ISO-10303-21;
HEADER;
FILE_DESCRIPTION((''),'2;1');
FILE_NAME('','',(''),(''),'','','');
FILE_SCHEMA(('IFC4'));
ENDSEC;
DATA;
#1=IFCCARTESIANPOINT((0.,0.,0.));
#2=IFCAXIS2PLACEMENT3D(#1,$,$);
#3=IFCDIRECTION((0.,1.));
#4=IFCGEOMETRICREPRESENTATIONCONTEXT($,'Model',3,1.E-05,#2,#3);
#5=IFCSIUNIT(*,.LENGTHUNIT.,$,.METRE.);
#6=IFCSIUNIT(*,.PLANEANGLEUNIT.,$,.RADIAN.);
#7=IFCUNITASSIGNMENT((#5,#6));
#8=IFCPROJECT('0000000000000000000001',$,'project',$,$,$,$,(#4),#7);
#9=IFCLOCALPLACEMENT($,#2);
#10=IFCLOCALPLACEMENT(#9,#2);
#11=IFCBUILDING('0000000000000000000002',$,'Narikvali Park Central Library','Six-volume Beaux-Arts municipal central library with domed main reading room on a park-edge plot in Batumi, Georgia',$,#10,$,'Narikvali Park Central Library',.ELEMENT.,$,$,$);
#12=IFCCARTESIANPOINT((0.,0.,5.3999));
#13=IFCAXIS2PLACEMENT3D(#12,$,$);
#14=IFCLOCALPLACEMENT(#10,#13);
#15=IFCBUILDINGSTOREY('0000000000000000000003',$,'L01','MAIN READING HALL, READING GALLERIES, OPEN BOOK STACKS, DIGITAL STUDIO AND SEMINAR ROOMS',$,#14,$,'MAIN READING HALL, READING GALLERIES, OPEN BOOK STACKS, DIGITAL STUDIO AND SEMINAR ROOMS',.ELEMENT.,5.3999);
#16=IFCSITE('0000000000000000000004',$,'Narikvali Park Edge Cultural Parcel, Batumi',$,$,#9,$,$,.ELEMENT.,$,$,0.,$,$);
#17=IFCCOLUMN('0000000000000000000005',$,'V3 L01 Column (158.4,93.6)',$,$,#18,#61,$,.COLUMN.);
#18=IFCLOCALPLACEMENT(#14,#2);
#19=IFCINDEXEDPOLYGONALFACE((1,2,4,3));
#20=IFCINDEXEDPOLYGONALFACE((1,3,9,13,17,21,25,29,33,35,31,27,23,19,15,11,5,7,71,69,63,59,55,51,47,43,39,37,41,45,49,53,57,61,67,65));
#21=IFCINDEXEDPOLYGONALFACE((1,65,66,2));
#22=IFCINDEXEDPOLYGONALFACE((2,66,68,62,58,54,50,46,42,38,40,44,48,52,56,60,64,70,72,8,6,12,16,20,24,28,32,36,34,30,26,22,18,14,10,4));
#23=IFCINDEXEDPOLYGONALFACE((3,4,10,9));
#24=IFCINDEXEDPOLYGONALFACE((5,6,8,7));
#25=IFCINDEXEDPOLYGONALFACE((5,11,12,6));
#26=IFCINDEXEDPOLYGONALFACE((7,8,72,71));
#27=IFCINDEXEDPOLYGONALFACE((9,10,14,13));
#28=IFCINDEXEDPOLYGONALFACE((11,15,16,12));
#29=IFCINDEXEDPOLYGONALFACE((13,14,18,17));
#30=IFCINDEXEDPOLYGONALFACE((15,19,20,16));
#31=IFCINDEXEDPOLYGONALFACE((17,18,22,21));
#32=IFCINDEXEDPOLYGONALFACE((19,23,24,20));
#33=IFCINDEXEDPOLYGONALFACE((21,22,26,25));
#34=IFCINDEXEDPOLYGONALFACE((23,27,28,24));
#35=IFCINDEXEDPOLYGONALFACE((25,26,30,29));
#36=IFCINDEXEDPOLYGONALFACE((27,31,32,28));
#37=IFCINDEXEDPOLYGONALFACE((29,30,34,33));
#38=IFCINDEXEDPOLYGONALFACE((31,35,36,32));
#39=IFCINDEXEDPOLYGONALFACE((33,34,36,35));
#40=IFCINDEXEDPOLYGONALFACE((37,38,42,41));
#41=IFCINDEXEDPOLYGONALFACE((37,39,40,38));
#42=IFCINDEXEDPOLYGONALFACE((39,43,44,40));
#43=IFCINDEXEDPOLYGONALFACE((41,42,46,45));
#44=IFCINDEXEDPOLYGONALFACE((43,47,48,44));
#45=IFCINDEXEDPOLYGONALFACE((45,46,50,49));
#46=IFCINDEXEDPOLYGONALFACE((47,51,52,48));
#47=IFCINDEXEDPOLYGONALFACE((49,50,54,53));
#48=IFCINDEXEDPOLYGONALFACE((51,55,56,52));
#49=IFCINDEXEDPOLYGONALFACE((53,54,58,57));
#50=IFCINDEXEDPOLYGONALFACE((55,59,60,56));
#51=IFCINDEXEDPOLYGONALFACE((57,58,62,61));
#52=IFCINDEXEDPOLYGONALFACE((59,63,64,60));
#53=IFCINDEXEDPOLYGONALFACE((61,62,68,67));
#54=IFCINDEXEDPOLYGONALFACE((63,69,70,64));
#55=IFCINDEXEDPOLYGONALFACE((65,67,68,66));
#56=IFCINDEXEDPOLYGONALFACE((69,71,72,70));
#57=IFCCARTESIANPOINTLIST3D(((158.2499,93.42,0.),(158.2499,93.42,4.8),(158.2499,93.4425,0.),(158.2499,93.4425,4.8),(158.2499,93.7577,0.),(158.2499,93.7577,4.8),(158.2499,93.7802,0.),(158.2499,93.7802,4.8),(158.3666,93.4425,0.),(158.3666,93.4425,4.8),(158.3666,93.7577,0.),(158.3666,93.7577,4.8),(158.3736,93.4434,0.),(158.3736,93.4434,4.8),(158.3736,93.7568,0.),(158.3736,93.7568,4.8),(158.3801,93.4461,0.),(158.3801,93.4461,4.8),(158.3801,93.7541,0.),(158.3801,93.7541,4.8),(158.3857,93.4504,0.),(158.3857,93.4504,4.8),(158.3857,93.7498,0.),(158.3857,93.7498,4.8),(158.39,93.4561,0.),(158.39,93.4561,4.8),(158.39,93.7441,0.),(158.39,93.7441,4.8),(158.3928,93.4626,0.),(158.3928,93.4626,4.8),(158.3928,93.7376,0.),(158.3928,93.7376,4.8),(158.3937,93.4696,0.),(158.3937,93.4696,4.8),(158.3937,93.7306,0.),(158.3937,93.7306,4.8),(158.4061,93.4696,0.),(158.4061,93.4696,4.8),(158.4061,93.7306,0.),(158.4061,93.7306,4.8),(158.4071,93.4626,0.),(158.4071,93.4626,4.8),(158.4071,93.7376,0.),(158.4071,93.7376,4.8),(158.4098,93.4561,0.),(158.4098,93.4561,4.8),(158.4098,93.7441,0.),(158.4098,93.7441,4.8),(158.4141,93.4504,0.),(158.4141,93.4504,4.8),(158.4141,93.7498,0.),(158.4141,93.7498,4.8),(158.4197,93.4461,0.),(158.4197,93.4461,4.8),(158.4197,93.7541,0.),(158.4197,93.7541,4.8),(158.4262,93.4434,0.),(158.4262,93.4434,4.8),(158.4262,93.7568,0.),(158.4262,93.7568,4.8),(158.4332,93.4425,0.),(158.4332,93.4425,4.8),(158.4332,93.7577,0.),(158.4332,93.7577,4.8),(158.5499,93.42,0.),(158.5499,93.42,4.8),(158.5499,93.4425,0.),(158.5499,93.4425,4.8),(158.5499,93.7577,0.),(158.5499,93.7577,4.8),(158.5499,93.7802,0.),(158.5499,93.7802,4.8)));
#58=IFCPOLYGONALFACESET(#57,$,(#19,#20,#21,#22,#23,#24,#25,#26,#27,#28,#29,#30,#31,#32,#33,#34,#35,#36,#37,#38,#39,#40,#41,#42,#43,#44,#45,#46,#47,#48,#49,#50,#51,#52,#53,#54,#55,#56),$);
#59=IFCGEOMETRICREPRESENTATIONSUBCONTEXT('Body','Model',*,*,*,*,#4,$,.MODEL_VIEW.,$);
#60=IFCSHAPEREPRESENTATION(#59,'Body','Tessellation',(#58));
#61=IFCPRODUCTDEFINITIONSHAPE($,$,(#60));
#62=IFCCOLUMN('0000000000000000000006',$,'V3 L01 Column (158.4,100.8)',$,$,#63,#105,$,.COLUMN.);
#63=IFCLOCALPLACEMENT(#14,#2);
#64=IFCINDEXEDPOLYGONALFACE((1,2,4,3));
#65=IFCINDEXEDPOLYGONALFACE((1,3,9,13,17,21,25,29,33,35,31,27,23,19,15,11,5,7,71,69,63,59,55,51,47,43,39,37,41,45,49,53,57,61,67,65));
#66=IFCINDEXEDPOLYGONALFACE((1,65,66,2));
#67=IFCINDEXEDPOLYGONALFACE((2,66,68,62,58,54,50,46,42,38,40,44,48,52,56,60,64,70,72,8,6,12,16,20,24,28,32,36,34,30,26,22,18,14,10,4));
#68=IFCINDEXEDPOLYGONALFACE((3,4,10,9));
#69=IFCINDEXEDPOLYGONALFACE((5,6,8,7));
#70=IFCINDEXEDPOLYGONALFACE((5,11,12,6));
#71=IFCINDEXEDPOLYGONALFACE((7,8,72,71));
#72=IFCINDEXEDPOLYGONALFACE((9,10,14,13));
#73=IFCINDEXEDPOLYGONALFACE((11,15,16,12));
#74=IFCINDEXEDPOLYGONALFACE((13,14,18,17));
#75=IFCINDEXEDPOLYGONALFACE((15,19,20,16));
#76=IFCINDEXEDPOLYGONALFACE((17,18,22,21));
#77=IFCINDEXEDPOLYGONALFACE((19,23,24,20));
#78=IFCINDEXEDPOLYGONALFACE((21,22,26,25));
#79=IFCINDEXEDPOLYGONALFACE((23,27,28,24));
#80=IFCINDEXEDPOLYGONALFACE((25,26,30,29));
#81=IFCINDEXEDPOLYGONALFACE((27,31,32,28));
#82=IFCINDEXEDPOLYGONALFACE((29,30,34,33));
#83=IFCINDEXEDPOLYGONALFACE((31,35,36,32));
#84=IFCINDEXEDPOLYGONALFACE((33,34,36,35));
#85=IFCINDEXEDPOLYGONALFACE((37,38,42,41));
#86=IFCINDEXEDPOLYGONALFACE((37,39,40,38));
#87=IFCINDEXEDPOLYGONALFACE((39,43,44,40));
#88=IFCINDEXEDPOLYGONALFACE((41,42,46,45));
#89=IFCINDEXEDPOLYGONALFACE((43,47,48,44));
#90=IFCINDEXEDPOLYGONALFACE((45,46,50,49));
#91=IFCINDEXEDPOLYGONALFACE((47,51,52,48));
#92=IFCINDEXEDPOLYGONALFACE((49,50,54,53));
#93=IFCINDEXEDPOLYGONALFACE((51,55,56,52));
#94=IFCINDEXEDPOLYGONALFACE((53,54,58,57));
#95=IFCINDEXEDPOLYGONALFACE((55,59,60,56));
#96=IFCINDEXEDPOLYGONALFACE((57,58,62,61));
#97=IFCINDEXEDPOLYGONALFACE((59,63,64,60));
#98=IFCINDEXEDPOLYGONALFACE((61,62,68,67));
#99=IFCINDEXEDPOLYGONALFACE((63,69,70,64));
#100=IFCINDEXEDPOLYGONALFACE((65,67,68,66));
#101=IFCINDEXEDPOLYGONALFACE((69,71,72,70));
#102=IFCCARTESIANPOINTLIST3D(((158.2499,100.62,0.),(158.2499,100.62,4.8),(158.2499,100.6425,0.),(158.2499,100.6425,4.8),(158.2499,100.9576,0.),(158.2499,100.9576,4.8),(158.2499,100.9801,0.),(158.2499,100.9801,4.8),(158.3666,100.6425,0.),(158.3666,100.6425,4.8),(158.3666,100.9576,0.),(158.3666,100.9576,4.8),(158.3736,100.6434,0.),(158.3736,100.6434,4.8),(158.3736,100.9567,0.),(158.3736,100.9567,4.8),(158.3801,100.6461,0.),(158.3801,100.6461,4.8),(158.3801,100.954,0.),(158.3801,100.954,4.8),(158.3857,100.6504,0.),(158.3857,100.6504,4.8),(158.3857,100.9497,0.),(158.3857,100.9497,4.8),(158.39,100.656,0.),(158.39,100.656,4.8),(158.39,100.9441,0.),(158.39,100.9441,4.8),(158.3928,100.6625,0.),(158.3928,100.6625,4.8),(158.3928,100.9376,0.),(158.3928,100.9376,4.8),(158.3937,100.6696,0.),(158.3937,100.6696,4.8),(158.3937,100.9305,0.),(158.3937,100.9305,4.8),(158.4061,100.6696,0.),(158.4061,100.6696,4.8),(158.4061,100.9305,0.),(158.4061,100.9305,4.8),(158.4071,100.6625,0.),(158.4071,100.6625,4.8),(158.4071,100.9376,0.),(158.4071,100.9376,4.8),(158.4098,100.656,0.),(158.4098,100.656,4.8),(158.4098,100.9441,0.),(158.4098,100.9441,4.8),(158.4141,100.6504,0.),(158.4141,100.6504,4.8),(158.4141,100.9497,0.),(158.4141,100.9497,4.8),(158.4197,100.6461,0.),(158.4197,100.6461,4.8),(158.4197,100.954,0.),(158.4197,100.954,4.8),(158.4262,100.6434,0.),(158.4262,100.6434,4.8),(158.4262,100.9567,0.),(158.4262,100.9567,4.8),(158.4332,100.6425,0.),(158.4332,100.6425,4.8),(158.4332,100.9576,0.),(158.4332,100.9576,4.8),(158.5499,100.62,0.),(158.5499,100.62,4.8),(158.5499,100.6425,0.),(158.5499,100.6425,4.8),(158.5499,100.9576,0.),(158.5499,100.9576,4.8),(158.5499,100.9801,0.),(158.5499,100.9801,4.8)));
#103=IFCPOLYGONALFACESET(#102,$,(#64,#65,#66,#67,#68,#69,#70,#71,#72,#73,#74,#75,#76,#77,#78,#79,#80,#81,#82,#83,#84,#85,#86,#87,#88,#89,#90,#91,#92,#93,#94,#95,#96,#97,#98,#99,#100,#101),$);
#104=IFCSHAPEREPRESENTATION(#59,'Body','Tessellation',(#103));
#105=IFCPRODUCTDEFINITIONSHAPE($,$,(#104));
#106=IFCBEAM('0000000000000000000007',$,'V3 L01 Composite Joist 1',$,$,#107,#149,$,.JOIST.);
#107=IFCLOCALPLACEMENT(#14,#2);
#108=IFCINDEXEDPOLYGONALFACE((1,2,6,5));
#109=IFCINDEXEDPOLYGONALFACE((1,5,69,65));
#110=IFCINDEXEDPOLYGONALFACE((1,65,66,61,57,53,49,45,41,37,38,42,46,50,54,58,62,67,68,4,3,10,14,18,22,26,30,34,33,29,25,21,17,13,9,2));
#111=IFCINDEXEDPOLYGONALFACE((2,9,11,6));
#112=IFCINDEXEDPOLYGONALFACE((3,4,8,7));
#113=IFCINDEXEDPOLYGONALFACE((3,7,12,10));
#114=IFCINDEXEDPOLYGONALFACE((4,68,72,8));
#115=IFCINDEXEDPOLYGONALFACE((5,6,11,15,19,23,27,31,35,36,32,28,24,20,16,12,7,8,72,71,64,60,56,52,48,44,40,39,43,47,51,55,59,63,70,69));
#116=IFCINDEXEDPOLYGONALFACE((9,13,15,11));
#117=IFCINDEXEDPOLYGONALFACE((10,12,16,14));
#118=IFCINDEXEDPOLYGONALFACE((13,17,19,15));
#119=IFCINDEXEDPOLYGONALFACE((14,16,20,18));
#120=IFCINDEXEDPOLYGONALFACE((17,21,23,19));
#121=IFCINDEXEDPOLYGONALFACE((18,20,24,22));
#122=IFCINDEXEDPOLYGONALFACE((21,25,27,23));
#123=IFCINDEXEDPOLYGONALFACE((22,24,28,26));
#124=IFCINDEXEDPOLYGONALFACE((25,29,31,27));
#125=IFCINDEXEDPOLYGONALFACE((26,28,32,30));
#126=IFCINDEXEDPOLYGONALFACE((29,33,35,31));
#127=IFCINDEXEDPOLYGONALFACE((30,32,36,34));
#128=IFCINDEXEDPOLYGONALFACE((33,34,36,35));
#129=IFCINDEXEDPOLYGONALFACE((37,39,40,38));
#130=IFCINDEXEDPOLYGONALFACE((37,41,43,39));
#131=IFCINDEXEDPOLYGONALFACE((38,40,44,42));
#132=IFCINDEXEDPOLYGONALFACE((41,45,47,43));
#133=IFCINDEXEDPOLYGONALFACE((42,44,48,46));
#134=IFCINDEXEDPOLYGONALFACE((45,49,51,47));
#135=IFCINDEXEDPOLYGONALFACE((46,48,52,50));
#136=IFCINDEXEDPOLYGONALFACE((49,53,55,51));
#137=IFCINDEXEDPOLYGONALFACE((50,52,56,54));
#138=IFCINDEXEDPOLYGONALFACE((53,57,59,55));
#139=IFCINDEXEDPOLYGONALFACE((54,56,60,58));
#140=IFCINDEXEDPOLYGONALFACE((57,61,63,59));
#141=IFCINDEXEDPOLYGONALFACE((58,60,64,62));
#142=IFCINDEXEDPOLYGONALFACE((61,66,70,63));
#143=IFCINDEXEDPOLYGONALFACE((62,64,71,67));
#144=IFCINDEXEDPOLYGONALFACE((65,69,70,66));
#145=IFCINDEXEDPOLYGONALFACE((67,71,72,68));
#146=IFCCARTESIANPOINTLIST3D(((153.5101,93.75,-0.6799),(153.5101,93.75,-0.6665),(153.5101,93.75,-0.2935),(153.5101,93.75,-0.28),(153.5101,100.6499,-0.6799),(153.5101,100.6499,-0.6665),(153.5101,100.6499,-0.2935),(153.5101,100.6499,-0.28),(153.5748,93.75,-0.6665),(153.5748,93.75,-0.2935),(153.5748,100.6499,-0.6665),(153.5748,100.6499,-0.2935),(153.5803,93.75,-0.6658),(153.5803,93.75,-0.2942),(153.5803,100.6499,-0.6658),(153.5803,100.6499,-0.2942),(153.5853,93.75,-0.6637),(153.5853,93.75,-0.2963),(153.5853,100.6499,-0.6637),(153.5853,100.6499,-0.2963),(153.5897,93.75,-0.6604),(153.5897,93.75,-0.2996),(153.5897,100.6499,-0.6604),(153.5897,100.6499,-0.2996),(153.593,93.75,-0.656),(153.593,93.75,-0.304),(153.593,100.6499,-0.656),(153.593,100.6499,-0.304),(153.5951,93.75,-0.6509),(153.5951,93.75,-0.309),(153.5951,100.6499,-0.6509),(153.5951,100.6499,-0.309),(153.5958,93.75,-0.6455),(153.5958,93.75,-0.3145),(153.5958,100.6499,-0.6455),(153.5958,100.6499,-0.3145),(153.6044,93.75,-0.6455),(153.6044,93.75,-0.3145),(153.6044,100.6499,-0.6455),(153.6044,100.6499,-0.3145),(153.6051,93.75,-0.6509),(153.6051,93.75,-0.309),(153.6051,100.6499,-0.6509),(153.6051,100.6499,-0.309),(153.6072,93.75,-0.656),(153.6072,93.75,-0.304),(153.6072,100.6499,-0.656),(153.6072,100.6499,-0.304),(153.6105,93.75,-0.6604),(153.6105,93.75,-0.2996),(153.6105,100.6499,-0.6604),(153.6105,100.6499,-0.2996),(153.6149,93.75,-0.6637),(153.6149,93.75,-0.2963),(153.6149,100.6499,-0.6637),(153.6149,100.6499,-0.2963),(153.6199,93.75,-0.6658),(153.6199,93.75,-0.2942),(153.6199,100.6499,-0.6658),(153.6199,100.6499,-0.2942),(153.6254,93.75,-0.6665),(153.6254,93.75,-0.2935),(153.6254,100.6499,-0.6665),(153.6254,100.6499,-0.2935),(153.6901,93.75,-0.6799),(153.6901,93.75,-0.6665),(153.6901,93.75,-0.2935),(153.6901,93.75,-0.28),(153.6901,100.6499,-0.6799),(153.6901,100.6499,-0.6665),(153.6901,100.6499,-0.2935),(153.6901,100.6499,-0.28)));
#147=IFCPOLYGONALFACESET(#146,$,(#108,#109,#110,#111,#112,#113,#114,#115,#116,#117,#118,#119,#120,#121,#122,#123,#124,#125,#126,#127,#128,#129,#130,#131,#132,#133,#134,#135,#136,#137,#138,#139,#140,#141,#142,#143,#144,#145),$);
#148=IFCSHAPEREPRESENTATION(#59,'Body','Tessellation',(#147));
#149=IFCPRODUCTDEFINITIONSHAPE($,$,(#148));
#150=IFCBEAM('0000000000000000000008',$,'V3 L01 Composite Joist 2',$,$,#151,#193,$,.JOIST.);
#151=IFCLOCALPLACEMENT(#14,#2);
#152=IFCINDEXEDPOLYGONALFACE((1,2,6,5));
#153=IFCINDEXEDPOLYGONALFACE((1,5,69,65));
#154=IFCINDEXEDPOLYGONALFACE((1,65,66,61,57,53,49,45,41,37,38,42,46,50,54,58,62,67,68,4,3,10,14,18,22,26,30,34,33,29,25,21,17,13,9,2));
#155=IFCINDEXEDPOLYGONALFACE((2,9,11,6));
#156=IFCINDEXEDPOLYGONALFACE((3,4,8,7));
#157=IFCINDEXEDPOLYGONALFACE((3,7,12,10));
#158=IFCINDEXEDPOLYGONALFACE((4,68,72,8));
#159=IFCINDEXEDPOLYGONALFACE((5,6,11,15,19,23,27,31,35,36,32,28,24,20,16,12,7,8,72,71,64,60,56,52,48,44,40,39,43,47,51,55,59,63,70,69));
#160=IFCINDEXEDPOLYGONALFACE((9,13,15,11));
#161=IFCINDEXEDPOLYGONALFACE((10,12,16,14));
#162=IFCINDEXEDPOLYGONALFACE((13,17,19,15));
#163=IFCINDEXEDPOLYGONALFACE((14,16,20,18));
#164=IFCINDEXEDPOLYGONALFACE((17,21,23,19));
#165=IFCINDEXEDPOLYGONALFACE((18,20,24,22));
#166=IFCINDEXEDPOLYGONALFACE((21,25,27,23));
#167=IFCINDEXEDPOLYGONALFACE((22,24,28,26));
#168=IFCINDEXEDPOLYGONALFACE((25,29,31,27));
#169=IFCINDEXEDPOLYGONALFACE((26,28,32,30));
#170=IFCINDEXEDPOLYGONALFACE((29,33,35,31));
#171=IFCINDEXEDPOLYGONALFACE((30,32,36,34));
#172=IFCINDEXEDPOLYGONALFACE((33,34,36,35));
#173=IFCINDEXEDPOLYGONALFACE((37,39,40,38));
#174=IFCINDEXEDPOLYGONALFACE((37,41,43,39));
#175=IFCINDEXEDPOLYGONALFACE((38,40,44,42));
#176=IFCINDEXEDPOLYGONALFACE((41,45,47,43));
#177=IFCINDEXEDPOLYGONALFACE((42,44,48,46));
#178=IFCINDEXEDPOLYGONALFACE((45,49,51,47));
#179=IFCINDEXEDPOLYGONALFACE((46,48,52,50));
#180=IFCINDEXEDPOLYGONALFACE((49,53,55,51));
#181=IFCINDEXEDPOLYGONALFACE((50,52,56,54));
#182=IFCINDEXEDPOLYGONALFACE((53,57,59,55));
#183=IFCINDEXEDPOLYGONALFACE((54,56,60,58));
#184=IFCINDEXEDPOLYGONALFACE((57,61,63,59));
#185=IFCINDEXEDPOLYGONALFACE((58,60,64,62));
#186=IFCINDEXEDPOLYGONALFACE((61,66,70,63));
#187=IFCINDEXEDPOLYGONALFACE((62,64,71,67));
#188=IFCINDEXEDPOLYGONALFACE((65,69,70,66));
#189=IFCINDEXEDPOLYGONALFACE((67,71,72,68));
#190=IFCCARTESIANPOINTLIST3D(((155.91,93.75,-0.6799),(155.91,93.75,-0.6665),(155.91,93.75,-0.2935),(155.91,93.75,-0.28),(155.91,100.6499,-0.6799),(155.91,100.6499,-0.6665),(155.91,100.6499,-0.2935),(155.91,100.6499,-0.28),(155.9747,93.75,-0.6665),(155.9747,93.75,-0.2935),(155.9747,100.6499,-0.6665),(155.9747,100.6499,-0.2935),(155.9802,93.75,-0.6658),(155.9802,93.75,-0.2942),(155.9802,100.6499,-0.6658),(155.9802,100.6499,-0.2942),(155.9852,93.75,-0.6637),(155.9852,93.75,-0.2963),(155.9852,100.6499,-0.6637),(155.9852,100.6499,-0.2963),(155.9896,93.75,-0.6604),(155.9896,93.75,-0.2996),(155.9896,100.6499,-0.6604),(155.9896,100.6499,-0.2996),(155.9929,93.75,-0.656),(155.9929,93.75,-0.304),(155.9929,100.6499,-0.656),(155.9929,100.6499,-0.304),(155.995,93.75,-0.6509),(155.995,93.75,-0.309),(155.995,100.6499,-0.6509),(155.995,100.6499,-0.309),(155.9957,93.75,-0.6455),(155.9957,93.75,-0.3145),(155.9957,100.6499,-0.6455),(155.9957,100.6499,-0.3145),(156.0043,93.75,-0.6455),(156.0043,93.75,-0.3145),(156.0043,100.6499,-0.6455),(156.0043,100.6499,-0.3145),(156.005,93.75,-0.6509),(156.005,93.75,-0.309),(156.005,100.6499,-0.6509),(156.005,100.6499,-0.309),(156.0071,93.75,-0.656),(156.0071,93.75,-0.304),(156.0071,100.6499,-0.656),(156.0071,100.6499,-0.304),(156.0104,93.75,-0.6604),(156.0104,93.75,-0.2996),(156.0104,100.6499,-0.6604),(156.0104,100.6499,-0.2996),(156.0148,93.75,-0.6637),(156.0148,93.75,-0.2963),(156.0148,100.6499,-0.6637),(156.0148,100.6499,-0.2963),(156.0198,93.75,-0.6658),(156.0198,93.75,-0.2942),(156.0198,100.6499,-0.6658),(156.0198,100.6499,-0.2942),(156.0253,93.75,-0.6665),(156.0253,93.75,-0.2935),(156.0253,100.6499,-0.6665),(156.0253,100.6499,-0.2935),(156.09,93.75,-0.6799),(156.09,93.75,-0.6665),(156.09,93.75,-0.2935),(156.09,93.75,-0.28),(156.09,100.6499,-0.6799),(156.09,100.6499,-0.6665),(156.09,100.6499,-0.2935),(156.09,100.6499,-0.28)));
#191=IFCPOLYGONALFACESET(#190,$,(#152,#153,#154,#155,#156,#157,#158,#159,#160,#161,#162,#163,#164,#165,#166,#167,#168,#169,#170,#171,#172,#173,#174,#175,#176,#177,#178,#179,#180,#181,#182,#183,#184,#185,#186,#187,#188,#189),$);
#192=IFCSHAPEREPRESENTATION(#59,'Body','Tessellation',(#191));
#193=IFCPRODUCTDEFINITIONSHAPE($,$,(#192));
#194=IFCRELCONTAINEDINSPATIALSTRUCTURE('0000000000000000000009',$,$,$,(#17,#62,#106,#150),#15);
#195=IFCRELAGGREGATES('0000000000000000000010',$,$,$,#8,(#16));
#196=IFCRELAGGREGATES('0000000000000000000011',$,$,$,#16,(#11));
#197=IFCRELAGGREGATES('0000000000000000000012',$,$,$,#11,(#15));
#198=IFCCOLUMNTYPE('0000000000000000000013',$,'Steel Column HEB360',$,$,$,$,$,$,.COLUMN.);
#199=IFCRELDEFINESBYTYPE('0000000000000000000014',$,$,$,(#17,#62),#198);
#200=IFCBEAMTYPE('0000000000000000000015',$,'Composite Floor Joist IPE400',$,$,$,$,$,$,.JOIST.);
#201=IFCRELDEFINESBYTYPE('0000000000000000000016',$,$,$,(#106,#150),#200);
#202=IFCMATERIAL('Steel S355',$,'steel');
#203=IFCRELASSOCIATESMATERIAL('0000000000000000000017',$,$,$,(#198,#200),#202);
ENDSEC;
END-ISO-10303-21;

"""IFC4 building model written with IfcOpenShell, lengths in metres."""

from ifc_helpers import new_model, si_unit, direction, frame, origin, origin_2d, place, context, subcontext, project, spatial, i_section, extrude, material, material_profile, profile_set, type_object, element, save


model = new_model("IFC4")

# Units and contexts
model_context = context("Model", 3, precision=1e-05, world=origin(), true_north=direction((0.0, 1.0)))
body_context = subcontext(model_context, "Body", "Model", "MODEL_VIEW")
ifc_project = project(units=[si_unit("LENGTHUNIT", "METRE"), si_unit("PLANEANGLEUNIT", "RADIAN")], contexts=[model_context])

# Site, building, storey
site_placement = place(None, origin())
site = spatial("IfcSite", under=ifc_project, at=site_placement, Name="Narikvali Park Edge Cultural Parcel, Batumi", CompositionType="ELEMENT", RefElevation=0.0)
building_placement = place(site_placement, origin())
building = spatial("IfcBuilding", under=site, at=building_placement, Name="Narikvali Park Central Library", Description="Six-volume Beaux-Arts municipal central library with domed main reading room on a park-edge plot in Batumi, Georgia", LongName="Narikvali Park Central Library", CompositionType="ELEMENT")
storey_placement = place(building_placement, frame((0.0, 0.0, 5.3999)))
storey = spatial("IfcBuildingStorey", under=building, at=storey_placement, Name="L01", Description="MAIN READING HALL, READING GALLERIES, OPEN BOOK STACKS, DIGITAL STUDIO AND SEMINAR ROOMS", LongName="MAIN READING HALL, READING GALLERIES, OPEN BOOK STACKS, DIGITAL STUDIO AND SEMINAR ROOMS", CompositionType="ELEMENT", Elevation=5.3999)

# Columns
ifc_material_1 = material(Name="Steel S355", Category="steel")
ifc_material_profile_1 = material_profile(ifc_material_1, i_section(OverallWidth=0.3, OverallDepth=0.3601, WebThickness=0.0125, FlangeThickness=0.0225, FilletRadius=0.0271, at=origin_2d()), Name="HEB 360")
ifc_profile_set_1 = profile_set([ifc_material_profile_1], Name="Steel S355")
column_type = type_object("IfcColumnType", Name="Steel Column HEB360", PredefinedType="COLUMN", material=ifc_profile_set_1)
for number, where, z_axis, x_axis, name in (
    (1, (158.3999, 93.6001, 0.0), (0.0, 0.0, 1.0), (1.0, 0.0, 0.0), "V3 L01 Column (158.4,93.6)"),
    (2, (158.3999, 100.8, 0.0), (0.0, 0.0, 1.0), (1.0, 0.0, 0.0), "V3 L01 Column (158.4,100.8)"),
):
    element("IfcColumn", number, at=place(storey_placement, frame(where, z_axis=z_axis, x_axis=x_axis)), inside=storey, type_object=column_type, Name=name, PredefinedType="COLUMN", context=body_context, shape_type="SweptSolid", body=[
        extrude(i_section(OverallWidth=0.3, OverallDepth=0.3601, WebThickness=0.0125, FlangeThickness=0.0225, FilletRadius=0.0271, at=origin_2d()), origin(), (0.0, 0.0, 1.0), 4.8),
    ])

# Beams
ifc_material_profile_2 = material_profile(ifc_material_1, i_section(OverallWidth=0.1799, OverallDepth=0.3999, WebThickness=0.0085, FlangeThickness=0.0134, FilletRadius=0.021, at=origin_2d()), Name="IPE 400")
ifc_profile_set_2 = profile_set([ifc_material_profile_2], Name="Steel S355")
beam_type_1 = type_object("IfcBeamType", Name="Composite Floor Joist IPE400", PredefinedType="JOIST", material=ifc_profile_set_2)
for number, where, z_axis, x_axis, name in (
    (3, (153.6001, 93.75, -0.48), (0.0, 1.0, 0.0), (-1.0, 0.0, 0.0), "V3 L01 Composite Joist 1"),
    (4, (156.0, 93.75, -0.48), (0.0, 1.0, 0.0), (-1.0, 0.0, 0.0), "V3 L01 Composite Joist 2"),
):
    element("IfcBeam", number, at=place(storey_placement, frame(where, z_axis=z_axis, x_axis=x_axis)), inside=storey, type_object=beam_type_1, Name=name, PredefinedType="JOIST", context=body_context, shape_type="SweptSolid", body=[
        extrude(i_section(OverallWidth=0.1799, OverallDepth=0.3999, WebThickness=0.0085, FlangeThickness=0.0134, FilletRadius=0.021, at=origin_2d()), origin(), (0.0, 0.0, 1.0), 6.8999),
    ])

save(model, "model.ifc")
